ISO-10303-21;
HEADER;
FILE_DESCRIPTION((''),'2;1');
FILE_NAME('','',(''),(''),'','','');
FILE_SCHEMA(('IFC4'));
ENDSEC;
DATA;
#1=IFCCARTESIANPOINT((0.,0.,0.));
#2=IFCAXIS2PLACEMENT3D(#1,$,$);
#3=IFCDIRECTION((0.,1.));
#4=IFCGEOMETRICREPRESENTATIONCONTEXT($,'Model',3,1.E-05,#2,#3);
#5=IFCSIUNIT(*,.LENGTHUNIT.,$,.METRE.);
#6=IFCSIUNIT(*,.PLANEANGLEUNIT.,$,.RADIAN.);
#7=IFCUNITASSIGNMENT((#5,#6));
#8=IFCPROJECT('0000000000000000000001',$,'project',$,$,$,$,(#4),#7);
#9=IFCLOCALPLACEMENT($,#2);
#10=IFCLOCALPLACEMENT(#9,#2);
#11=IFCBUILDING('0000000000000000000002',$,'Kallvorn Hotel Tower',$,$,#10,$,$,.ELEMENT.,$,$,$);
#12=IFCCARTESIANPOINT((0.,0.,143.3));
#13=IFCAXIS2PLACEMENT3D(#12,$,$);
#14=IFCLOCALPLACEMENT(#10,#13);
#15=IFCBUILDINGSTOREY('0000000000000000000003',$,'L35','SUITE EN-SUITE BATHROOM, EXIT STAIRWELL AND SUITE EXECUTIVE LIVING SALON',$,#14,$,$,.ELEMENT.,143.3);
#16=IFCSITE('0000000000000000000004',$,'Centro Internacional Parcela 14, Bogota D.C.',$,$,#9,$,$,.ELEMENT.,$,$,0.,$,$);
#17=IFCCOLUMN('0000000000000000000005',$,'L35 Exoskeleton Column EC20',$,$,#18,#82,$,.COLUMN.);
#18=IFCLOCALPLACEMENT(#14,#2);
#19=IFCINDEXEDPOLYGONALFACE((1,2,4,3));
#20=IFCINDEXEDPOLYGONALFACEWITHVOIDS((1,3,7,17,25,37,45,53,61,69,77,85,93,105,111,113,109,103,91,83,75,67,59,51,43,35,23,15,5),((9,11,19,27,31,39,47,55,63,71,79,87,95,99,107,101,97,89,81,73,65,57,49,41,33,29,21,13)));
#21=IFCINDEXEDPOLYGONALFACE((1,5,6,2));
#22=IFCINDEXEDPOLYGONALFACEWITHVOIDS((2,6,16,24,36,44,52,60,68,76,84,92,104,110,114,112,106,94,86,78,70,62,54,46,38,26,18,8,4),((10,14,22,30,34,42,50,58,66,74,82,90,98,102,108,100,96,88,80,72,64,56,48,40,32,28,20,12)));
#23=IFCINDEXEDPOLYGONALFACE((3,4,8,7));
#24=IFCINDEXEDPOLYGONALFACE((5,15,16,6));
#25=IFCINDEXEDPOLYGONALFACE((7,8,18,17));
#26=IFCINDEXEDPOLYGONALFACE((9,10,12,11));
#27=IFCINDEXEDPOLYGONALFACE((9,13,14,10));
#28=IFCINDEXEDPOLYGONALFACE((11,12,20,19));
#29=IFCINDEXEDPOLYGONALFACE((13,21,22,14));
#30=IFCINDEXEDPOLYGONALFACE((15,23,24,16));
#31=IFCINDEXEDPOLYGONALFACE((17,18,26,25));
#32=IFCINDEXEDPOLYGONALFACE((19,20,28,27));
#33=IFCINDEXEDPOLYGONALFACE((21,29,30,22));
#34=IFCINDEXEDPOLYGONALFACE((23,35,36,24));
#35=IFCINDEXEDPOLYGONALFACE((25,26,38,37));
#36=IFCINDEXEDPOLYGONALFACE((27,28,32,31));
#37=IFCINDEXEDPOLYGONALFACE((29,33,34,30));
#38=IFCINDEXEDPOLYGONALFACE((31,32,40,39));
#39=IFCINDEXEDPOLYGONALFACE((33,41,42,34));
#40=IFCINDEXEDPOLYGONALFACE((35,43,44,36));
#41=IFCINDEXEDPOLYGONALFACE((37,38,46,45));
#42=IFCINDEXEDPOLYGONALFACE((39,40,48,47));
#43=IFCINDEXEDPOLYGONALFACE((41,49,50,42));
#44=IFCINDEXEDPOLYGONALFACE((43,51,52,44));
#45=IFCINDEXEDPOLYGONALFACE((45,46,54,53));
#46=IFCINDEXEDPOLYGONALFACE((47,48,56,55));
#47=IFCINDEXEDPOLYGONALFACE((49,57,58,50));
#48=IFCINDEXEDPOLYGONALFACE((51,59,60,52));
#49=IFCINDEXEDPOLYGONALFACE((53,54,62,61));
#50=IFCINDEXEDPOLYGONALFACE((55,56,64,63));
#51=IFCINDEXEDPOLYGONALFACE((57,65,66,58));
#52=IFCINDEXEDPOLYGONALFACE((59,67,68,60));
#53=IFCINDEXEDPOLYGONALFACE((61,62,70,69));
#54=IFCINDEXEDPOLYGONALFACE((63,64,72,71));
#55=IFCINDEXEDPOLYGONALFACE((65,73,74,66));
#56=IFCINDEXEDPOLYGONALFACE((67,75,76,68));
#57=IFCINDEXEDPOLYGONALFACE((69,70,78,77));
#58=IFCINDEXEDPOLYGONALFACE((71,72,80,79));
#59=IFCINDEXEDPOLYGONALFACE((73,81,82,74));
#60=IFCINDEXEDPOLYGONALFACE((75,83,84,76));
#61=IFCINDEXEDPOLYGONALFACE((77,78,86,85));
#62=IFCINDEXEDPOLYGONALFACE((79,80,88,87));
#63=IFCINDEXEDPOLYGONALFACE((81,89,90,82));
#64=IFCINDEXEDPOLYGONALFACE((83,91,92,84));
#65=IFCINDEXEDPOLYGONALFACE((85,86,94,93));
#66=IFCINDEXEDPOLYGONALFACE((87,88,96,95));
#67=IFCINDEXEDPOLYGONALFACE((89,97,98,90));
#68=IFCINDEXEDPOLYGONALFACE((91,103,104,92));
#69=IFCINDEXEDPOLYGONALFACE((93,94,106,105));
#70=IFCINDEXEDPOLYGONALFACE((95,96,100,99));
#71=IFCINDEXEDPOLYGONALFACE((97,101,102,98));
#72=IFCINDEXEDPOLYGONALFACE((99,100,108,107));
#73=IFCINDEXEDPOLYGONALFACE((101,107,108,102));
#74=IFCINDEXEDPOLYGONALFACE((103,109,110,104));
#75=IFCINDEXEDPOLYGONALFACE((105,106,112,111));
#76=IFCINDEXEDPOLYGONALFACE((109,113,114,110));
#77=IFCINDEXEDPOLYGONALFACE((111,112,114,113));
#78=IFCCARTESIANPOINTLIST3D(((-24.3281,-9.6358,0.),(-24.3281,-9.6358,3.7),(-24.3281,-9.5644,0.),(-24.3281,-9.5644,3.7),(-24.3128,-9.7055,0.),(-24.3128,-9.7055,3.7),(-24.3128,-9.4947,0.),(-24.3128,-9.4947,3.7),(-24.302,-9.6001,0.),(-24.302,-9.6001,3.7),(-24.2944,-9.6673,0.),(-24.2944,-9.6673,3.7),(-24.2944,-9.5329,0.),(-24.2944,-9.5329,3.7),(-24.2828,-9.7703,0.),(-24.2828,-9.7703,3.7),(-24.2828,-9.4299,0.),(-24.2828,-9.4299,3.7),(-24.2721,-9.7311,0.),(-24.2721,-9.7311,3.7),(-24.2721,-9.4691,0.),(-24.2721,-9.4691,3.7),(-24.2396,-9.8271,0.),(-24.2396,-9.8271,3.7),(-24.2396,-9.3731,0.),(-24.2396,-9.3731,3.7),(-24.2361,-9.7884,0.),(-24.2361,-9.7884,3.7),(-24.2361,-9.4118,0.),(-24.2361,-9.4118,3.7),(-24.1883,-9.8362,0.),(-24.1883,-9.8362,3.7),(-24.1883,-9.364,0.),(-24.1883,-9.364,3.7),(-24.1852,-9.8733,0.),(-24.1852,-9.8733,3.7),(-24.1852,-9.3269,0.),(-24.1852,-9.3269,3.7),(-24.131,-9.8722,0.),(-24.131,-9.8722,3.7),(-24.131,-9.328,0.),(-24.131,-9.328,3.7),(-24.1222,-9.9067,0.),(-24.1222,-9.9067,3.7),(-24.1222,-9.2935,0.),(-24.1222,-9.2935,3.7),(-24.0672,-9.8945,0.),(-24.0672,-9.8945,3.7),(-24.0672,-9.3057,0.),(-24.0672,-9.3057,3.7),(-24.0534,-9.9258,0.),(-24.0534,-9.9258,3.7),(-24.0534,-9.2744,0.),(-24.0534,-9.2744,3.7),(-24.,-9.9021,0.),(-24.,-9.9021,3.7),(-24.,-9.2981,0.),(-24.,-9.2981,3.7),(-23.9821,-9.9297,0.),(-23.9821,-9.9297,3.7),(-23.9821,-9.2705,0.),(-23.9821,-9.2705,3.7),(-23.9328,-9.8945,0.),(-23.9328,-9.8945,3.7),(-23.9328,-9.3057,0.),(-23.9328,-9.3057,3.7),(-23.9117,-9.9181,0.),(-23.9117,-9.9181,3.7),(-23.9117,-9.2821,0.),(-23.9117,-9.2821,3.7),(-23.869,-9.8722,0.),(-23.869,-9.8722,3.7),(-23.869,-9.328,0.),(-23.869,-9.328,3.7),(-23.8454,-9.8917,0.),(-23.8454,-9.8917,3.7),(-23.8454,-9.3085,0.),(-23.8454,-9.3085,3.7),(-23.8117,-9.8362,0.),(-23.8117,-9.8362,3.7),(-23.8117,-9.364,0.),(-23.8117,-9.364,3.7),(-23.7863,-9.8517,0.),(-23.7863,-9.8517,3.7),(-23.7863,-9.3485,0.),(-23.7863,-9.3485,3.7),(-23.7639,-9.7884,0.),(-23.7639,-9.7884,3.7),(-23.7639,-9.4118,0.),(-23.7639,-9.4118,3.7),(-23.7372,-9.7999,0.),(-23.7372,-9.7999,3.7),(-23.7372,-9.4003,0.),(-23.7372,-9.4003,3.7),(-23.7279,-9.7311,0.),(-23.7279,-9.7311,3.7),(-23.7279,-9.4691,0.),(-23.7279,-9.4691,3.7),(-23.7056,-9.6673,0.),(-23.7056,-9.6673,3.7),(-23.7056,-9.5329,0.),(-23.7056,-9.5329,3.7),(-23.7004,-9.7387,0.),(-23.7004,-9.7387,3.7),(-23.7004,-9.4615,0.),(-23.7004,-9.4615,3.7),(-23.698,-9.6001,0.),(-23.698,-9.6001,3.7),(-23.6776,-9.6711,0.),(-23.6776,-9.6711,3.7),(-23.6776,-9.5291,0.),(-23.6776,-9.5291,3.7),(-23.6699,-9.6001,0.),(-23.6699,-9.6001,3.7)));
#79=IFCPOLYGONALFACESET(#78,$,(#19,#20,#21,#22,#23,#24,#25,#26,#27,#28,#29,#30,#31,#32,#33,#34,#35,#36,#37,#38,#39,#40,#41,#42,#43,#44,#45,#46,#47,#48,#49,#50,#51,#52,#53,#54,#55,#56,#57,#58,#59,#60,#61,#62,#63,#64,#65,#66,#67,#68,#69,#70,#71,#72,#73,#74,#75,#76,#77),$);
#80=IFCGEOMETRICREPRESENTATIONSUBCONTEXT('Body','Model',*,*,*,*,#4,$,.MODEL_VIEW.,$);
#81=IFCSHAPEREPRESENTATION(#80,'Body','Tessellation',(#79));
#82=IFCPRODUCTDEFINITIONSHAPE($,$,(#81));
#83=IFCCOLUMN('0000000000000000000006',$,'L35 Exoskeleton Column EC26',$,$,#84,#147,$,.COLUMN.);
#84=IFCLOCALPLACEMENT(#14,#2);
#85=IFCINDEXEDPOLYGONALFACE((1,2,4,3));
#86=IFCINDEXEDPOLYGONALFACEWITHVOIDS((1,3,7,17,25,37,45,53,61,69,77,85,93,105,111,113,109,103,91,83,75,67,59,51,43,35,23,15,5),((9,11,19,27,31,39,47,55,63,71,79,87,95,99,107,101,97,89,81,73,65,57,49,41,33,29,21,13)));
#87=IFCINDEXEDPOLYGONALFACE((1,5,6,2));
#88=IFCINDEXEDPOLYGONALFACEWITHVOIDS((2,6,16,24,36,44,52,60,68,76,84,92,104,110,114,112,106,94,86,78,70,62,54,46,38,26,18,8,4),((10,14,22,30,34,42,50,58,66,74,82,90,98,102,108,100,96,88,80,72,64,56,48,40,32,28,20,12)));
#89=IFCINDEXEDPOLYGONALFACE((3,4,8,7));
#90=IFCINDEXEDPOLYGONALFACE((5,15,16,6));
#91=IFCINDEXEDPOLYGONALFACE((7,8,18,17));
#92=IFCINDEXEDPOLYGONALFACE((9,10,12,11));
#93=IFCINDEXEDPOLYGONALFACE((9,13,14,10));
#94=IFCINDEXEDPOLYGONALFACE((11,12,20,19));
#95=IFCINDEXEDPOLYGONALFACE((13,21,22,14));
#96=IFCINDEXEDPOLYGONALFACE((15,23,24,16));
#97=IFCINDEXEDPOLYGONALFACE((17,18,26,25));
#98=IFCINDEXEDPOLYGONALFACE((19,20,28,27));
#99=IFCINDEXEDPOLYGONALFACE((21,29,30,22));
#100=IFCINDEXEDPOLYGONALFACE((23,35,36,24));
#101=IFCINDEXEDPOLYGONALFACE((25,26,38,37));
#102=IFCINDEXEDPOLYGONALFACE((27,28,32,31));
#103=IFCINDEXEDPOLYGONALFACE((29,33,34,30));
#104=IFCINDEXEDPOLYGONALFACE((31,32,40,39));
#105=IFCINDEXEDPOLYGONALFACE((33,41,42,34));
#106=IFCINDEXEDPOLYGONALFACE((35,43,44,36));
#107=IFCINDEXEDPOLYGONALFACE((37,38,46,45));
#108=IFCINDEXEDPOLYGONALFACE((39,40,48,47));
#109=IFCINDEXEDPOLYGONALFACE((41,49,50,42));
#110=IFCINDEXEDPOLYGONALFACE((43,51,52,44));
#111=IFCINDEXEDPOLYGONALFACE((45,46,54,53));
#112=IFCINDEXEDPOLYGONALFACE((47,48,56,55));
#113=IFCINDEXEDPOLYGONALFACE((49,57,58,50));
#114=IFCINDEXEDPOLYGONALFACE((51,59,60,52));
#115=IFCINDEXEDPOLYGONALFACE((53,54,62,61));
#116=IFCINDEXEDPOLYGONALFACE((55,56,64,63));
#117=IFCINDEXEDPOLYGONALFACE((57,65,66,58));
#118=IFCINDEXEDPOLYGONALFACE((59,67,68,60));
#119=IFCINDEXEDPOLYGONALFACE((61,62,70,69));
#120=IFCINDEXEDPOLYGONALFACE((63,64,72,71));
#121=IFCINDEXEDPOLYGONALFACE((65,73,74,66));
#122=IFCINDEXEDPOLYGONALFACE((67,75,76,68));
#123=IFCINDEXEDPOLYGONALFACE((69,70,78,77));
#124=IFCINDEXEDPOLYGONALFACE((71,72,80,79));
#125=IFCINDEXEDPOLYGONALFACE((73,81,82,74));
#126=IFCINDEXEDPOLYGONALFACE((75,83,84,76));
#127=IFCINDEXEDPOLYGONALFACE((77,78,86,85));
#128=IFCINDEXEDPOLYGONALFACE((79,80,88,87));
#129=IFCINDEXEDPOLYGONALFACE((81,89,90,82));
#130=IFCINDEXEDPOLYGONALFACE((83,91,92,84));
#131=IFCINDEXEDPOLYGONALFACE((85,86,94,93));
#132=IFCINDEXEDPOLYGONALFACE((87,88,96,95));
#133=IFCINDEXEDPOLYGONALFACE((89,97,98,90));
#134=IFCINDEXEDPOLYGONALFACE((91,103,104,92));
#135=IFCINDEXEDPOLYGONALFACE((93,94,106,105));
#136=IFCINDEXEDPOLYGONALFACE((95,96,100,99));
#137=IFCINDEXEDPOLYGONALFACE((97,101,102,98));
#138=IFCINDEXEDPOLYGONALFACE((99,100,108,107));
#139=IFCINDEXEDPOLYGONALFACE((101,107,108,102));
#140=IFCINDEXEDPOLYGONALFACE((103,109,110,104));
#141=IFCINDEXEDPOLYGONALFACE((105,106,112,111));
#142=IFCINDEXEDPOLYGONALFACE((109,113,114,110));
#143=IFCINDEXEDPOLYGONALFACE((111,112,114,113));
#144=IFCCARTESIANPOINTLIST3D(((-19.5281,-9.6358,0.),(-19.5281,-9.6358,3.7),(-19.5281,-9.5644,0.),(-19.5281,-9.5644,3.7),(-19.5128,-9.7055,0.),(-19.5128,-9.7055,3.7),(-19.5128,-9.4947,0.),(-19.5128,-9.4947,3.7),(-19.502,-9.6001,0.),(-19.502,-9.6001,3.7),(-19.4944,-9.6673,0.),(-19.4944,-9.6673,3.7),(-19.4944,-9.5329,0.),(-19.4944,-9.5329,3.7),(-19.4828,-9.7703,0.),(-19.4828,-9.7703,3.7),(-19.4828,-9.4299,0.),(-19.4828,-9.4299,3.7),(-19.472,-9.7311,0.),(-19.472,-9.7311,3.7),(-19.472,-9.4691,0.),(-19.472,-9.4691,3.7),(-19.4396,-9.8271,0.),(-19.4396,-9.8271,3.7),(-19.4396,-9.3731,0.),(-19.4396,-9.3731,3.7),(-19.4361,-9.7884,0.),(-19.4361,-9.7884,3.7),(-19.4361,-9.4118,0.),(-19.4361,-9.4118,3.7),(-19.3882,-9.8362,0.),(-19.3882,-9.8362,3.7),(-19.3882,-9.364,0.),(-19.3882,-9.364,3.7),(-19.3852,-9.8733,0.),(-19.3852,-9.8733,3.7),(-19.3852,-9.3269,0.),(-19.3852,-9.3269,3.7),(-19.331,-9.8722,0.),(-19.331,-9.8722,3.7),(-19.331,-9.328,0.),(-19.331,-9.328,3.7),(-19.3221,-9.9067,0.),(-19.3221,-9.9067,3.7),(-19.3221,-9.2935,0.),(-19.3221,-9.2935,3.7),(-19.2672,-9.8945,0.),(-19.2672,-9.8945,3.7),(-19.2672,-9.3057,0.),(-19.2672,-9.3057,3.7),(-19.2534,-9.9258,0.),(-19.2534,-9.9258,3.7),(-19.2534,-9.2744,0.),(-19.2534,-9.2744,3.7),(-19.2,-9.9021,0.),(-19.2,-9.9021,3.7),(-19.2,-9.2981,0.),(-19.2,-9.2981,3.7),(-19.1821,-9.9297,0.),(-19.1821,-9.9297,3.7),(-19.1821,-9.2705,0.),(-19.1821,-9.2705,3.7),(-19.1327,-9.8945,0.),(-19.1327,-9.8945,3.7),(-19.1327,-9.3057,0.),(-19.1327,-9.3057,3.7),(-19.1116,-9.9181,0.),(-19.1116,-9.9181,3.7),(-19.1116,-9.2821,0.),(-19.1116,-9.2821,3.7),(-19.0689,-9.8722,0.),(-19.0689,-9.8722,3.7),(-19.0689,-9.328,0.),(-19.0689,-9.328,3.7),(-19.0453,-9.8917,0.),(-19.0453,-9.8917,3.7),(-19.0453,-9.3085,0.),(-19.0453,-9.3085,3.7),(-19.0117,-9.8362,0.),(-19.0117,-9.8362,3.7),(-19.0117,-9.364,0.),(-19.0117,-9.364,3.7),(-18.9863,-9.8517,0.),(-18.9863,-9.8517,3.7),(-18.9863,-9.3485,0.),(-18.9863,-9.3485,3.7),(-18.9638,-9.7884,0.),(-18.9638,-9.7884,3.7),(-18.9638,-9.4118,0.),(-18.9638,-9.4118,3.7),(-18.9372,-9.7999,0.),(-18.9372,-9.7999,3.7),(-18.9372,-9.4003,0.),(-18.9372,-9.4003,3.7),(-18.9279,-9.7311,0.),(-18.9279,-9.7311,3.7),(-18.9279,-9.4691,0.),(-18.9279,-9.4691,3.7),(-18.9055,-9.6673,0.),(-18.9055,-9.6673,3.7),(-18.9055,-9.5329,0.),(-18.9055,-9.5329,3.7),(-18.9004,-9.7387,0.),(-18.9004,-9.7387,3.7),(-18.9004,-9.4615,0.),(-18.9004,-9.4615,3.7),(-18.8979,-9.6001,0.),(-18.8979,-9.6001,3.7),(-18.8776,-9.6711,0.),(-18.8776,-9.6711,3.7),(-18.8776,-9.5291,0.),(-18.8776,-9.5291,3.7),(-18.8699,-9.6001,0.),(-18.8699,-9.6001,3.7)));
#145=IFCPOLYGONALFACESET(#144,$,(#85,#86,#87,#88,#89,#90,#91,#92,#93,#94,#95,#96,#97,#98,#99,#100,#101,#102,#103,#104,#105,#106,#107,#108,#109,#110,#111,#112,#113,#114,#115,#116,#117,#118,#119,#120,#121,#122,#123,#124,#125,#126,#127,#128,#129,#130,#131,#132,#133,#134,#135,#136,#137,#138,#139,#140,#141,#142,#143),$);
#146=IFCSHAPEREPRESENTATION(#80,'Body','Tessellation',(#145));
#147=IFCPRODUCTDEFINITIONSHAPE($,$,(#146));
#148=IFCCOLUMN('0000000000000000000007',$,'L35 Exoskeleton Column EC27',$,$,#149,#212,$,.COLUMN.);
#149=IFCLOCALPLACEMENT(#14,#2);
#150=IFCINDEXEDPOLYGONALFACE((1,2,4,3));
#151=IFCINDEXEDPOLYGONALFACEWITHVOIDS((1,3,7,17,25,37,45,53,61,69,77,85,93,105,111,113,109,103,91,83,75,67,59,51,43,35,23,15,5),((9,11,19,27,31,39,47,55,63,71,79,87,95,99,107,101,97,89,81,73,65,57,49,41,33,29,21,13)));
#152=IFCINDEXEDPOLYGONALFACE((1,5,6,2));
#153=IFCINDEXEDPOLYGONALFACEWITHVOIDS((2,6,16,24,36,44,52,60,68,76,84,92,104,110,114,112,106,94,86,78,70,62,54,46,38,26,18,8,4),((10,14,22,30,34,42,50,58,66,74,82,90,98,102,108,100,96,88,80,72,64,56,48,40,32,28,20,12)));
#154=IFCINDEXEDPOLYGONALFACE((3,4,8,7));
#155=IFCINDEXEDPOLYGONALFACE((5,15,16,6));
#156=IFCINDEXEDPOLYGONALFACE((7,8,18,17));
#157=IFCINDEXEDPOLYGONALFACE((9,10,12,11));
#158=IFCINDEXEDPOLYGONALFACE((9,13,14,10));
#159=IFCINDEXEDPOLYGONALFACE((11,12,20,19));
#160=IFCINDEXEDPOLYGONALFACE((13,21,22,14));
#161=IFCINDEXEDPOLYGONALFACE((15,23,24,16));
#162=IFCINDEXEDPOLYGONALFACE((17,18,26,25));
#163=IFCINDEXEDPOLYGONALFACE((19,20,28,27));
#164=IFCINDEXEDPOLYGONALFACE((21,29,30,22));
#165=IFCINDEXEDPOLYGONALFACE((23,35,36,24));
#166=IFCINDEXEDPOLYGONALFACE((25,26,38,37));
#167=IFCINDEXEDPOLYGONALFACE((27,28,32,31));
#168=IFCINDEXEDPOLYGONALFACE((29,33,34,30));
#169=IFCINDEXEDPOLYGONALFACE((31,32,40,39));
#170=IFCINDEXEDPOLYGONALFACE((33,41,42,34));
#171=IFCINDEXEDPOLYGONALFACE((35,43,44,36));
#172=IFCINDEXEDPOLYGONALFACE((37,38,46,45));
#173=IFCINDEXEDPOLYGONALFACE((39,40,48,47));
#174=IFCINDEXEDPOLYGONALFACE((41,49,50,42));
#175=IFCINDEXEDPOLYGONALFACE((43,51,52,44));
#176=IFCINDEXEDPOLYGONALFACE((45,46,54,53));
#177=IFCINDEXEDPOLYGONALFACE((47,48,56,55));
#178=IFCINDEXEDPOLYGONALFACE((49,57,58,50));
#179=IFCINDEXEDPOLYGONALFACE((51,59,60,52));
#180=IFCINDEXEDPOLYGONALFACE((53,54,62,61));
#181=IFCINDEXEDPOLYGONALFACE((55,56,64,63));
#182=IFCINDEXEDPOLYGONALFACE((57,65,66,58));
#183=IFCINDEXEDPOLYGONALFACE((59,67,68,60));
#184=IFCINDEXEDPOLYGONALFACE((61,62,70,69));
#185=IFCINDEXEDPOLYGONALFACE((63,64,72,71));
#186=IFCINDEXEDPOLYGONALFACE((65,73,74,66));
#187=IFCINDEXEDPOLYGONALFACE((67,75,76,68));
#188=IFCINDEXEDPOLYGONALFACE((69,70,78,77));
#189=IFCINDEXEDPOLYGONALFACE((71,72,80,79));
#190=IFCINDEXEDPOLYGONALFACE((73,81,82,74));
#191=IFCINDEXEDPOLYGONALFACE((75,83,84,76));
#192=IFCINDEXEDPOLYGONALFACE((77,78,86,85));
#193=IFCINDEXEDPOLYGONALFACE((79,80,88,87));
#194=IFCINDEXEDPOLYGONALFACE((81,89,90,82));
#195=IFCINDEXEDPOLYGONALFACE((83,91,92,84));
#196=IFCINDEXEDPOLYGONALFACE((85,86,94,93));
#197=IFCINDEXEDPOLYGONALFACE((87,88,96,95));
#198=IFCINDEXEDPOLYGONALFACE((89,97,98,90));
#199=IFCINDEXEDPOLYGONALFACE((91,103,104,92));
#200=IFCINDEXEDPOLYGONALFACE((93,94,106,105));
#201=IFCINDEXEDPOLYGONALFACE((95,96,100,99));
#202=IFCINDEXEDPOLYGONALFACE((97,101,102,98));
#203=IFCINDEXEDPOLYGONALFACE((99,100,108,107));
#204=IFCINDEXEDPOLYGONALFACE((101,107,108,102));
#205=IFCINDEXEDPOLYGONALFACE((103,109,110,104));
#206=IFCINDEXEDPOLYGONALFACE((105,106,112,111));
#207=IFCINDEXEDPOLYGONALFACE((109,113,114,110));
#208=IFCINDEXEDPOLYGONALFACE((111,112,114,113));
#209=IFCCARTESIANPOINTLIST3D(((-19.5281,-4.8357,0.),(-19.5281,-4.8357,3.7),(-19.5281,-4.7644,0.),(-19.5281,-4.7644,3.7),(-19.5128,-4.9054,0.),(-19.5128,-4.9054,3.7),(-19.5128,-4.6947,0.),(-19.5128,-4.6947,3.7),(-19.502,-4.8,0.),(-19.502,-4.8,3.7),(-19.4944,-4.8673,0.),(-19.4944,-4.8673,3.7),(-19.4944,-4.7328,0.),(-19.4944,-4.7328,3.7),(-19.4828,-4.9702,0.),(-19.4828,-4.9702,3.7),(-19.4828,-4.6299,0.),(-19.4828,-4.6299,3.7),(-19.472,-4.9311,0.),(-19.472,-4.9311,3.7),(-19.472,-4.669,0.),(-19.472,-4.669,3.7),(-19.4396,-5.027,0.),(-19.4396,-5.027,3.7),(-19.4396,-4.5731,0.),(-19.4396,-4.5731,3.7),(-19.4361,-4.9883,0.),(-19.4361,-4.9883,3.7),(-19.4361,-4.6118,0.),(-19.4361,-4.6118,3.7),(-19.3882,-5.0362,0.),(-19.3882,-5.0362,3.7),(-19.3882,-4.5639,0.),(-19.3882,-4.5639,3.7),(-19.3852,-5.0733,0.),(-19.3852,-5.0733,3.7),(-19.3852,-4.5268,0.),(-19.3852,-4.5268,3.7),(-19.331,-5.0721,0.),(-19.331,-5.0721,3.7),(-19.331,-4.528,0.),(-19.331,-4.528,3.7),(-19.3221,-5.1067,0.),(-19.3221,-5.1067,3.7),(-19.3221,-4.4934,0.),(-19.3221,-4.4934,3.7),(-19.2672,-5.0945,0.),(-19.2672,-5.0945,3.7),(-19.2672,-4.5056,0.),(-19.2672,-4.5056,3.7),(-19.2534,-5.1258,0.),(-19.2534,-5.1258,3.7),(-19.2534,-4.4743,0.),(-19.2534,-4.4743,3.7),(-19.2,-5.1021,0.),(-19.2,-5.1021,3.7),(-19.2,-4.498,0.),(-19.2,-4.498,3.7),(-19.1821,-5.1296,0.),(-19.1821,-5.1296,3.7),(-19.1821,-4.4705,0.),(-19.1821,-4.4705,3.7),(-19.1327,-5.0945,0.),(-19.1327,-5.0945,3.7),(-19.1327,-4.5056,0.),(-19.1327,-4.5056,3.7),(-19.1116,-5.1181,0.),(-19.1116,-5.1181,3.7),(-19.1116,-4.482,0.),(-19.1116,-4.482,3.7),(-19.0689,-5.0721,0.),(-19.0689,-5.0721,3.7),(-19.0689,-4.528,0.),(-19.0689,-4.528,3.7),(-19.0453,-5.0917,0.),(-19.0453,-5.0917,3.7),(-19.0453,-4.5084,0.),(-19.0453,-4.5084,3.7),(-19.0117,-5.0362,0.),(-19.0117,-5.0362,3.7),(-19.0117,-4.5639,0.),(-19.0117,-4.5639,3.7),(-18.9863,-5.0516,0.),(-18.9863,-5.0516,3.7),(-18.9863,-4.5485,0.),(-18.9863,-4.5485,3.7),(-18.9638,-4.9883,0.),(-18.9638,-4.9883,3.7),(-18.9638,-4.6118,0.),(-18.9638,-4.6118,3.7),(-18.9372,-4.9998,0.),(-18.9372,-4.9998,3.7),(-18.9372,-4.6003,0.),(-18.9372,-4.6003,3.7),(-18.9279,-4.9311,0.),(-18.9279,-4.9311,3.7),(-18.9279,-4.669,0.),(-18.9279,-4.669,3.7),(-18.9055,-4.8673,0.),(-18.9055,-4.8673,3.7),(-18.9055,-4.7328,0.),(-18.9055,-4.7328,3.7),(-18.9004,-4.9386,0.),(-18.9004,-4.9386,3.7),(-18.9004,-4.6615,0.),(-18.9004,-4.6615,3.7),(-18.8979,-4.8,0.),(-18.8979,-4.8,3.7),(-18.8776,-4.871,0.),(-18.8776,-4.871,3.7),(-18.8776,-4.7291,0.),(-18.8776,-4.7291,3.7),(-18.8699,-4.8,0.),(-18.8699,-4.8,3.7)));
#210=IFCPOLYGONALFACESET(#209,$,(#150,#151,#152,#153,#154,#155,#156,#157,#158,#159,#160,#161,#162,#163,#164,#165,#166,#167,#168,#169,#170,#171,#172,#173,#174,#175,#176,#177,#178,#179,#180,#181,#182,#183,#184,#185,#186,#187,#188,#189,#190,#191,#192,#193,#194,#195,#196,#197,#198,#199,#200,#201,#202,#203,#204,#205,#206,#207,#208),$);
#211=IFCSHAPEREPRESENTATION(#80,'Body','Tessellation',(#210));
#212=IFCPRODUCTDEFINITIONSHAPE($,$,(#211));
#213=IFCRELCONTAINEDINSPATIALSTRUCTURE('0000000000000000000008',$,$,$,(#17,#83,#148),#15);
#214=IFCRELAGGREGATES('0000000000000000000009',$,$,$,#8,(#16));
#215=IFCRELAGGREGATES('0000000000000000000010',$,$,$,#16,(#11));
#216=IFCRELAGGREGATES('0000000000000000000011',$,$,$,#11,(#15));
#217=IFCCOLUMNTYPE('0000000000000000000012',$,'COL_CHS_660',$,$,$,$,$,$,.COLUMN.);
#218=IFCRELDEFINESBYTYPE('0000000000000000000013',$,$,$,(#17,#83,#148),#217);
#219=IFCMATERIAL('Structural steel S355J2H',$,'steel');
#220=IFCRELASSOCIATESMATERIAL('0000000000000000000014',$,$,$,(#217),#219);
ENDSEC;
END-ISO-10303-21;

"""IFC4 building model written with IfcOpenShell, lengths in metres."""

from ifc_helpers import new_model, si_unit, direction, frame, origin, origin_2d, place, context, subcontext, project, spatial, hollow_circle, extrude, material, material_profile, profile_set, type_object, element, save


model = new_model("IFC4")

# Units and contexts
model_context = context("Model", 3, precision=1e-05, world=origin(), true_north=direction((0.0, 1.0)))
body_context = subcontext(model_context, "Body", "Model", "MODEL_VIEW")
ifc_project = project(units=[si_unit("LENGTHUNIT", "METRE"), si_unit("PLANEANGLEUNIT", "RADIAN")], contexts=[model_context])

# Site, building, storey
site_placement = place(None, origin())
site = spatial("IfcSite", under=ifc_project, at=site_placement, Name="Centro Internacional Parcela 14, Bogota D.C.", CompositionType="ELEMENT", RefElevation=0.0)
building_placement = place(site_placement, origin())
building = spatial("IfcBuilding", under=site, at=building_placement, Name="Kallvorn Hotel Tower", CompositionType="ELEMENT")
storey_placement = place(building_placement, frame((0.0, 0.0, 143.3)))
storey = spatial("IfcBuildingStorey", under=building, at=storey_placement, Name="L35", Description="SUITE EN-SUITE BATHROOM, EXIT STAIRWELL AND SUITE EXECUTIVE LIVING SALON", CompositionType="ELEMENT", Elevation=143.3)

# Columns
ifc_material_1 = material(Name="Structural steel S355J2H", Category="steel")
ifc_material_profile_1 = material_profile(ifc_material_1, hollow_circle(Radius=0.3301, WallThickness=0.0281, at=origin_2d()), Name="CHS 660x28")
ifc_profile_set_1 = profile_set([ifc_material_profile_1], Name="Structural steel S355J2H")
column_type_1 = type_object("IfcColumnType", Name="COL_CHS_660", PredefinedType="COLUMN", material=ifc_profile_set_1)
for number, where, z_axis, x_axis, name in (
    (1, (-24.0, -9.6001, 0.0), (0.0, 0.0, 1.0), (1.0, 0.0, 0.0), "L35 Exoskeleton Column EC20"),
    (2, (-19.2, -9.6001, 0.0), (0.0, 0.0, 1.0), (1.0, 0.0, 0.0), "L35 Exoskeleton Column EC26"),
    (3, (-19.2, -4.8, 0.0), (0.0, 0.0, 1.0), (1.0, 0.0, 0.0), "L35 Exoskeleton Column EC27"),
):
    element("IfcColumn", number, at=place(storey_placement, frame(where, z_axis=z_axis, x_axis=x_axis)), inside=storey, type_object=column_type_1, Name=name, PredefinedType="COLUMN", context=body_context, shape_type="SweptSolid", body=[
        extrude(hollow_circle(Radius=0.3301, WallThickness=0.0281, at=origin_2d()), origin(), (0.0, 0.0, 1.0), 3.7),
    ])

save(model, "model.ifc")
